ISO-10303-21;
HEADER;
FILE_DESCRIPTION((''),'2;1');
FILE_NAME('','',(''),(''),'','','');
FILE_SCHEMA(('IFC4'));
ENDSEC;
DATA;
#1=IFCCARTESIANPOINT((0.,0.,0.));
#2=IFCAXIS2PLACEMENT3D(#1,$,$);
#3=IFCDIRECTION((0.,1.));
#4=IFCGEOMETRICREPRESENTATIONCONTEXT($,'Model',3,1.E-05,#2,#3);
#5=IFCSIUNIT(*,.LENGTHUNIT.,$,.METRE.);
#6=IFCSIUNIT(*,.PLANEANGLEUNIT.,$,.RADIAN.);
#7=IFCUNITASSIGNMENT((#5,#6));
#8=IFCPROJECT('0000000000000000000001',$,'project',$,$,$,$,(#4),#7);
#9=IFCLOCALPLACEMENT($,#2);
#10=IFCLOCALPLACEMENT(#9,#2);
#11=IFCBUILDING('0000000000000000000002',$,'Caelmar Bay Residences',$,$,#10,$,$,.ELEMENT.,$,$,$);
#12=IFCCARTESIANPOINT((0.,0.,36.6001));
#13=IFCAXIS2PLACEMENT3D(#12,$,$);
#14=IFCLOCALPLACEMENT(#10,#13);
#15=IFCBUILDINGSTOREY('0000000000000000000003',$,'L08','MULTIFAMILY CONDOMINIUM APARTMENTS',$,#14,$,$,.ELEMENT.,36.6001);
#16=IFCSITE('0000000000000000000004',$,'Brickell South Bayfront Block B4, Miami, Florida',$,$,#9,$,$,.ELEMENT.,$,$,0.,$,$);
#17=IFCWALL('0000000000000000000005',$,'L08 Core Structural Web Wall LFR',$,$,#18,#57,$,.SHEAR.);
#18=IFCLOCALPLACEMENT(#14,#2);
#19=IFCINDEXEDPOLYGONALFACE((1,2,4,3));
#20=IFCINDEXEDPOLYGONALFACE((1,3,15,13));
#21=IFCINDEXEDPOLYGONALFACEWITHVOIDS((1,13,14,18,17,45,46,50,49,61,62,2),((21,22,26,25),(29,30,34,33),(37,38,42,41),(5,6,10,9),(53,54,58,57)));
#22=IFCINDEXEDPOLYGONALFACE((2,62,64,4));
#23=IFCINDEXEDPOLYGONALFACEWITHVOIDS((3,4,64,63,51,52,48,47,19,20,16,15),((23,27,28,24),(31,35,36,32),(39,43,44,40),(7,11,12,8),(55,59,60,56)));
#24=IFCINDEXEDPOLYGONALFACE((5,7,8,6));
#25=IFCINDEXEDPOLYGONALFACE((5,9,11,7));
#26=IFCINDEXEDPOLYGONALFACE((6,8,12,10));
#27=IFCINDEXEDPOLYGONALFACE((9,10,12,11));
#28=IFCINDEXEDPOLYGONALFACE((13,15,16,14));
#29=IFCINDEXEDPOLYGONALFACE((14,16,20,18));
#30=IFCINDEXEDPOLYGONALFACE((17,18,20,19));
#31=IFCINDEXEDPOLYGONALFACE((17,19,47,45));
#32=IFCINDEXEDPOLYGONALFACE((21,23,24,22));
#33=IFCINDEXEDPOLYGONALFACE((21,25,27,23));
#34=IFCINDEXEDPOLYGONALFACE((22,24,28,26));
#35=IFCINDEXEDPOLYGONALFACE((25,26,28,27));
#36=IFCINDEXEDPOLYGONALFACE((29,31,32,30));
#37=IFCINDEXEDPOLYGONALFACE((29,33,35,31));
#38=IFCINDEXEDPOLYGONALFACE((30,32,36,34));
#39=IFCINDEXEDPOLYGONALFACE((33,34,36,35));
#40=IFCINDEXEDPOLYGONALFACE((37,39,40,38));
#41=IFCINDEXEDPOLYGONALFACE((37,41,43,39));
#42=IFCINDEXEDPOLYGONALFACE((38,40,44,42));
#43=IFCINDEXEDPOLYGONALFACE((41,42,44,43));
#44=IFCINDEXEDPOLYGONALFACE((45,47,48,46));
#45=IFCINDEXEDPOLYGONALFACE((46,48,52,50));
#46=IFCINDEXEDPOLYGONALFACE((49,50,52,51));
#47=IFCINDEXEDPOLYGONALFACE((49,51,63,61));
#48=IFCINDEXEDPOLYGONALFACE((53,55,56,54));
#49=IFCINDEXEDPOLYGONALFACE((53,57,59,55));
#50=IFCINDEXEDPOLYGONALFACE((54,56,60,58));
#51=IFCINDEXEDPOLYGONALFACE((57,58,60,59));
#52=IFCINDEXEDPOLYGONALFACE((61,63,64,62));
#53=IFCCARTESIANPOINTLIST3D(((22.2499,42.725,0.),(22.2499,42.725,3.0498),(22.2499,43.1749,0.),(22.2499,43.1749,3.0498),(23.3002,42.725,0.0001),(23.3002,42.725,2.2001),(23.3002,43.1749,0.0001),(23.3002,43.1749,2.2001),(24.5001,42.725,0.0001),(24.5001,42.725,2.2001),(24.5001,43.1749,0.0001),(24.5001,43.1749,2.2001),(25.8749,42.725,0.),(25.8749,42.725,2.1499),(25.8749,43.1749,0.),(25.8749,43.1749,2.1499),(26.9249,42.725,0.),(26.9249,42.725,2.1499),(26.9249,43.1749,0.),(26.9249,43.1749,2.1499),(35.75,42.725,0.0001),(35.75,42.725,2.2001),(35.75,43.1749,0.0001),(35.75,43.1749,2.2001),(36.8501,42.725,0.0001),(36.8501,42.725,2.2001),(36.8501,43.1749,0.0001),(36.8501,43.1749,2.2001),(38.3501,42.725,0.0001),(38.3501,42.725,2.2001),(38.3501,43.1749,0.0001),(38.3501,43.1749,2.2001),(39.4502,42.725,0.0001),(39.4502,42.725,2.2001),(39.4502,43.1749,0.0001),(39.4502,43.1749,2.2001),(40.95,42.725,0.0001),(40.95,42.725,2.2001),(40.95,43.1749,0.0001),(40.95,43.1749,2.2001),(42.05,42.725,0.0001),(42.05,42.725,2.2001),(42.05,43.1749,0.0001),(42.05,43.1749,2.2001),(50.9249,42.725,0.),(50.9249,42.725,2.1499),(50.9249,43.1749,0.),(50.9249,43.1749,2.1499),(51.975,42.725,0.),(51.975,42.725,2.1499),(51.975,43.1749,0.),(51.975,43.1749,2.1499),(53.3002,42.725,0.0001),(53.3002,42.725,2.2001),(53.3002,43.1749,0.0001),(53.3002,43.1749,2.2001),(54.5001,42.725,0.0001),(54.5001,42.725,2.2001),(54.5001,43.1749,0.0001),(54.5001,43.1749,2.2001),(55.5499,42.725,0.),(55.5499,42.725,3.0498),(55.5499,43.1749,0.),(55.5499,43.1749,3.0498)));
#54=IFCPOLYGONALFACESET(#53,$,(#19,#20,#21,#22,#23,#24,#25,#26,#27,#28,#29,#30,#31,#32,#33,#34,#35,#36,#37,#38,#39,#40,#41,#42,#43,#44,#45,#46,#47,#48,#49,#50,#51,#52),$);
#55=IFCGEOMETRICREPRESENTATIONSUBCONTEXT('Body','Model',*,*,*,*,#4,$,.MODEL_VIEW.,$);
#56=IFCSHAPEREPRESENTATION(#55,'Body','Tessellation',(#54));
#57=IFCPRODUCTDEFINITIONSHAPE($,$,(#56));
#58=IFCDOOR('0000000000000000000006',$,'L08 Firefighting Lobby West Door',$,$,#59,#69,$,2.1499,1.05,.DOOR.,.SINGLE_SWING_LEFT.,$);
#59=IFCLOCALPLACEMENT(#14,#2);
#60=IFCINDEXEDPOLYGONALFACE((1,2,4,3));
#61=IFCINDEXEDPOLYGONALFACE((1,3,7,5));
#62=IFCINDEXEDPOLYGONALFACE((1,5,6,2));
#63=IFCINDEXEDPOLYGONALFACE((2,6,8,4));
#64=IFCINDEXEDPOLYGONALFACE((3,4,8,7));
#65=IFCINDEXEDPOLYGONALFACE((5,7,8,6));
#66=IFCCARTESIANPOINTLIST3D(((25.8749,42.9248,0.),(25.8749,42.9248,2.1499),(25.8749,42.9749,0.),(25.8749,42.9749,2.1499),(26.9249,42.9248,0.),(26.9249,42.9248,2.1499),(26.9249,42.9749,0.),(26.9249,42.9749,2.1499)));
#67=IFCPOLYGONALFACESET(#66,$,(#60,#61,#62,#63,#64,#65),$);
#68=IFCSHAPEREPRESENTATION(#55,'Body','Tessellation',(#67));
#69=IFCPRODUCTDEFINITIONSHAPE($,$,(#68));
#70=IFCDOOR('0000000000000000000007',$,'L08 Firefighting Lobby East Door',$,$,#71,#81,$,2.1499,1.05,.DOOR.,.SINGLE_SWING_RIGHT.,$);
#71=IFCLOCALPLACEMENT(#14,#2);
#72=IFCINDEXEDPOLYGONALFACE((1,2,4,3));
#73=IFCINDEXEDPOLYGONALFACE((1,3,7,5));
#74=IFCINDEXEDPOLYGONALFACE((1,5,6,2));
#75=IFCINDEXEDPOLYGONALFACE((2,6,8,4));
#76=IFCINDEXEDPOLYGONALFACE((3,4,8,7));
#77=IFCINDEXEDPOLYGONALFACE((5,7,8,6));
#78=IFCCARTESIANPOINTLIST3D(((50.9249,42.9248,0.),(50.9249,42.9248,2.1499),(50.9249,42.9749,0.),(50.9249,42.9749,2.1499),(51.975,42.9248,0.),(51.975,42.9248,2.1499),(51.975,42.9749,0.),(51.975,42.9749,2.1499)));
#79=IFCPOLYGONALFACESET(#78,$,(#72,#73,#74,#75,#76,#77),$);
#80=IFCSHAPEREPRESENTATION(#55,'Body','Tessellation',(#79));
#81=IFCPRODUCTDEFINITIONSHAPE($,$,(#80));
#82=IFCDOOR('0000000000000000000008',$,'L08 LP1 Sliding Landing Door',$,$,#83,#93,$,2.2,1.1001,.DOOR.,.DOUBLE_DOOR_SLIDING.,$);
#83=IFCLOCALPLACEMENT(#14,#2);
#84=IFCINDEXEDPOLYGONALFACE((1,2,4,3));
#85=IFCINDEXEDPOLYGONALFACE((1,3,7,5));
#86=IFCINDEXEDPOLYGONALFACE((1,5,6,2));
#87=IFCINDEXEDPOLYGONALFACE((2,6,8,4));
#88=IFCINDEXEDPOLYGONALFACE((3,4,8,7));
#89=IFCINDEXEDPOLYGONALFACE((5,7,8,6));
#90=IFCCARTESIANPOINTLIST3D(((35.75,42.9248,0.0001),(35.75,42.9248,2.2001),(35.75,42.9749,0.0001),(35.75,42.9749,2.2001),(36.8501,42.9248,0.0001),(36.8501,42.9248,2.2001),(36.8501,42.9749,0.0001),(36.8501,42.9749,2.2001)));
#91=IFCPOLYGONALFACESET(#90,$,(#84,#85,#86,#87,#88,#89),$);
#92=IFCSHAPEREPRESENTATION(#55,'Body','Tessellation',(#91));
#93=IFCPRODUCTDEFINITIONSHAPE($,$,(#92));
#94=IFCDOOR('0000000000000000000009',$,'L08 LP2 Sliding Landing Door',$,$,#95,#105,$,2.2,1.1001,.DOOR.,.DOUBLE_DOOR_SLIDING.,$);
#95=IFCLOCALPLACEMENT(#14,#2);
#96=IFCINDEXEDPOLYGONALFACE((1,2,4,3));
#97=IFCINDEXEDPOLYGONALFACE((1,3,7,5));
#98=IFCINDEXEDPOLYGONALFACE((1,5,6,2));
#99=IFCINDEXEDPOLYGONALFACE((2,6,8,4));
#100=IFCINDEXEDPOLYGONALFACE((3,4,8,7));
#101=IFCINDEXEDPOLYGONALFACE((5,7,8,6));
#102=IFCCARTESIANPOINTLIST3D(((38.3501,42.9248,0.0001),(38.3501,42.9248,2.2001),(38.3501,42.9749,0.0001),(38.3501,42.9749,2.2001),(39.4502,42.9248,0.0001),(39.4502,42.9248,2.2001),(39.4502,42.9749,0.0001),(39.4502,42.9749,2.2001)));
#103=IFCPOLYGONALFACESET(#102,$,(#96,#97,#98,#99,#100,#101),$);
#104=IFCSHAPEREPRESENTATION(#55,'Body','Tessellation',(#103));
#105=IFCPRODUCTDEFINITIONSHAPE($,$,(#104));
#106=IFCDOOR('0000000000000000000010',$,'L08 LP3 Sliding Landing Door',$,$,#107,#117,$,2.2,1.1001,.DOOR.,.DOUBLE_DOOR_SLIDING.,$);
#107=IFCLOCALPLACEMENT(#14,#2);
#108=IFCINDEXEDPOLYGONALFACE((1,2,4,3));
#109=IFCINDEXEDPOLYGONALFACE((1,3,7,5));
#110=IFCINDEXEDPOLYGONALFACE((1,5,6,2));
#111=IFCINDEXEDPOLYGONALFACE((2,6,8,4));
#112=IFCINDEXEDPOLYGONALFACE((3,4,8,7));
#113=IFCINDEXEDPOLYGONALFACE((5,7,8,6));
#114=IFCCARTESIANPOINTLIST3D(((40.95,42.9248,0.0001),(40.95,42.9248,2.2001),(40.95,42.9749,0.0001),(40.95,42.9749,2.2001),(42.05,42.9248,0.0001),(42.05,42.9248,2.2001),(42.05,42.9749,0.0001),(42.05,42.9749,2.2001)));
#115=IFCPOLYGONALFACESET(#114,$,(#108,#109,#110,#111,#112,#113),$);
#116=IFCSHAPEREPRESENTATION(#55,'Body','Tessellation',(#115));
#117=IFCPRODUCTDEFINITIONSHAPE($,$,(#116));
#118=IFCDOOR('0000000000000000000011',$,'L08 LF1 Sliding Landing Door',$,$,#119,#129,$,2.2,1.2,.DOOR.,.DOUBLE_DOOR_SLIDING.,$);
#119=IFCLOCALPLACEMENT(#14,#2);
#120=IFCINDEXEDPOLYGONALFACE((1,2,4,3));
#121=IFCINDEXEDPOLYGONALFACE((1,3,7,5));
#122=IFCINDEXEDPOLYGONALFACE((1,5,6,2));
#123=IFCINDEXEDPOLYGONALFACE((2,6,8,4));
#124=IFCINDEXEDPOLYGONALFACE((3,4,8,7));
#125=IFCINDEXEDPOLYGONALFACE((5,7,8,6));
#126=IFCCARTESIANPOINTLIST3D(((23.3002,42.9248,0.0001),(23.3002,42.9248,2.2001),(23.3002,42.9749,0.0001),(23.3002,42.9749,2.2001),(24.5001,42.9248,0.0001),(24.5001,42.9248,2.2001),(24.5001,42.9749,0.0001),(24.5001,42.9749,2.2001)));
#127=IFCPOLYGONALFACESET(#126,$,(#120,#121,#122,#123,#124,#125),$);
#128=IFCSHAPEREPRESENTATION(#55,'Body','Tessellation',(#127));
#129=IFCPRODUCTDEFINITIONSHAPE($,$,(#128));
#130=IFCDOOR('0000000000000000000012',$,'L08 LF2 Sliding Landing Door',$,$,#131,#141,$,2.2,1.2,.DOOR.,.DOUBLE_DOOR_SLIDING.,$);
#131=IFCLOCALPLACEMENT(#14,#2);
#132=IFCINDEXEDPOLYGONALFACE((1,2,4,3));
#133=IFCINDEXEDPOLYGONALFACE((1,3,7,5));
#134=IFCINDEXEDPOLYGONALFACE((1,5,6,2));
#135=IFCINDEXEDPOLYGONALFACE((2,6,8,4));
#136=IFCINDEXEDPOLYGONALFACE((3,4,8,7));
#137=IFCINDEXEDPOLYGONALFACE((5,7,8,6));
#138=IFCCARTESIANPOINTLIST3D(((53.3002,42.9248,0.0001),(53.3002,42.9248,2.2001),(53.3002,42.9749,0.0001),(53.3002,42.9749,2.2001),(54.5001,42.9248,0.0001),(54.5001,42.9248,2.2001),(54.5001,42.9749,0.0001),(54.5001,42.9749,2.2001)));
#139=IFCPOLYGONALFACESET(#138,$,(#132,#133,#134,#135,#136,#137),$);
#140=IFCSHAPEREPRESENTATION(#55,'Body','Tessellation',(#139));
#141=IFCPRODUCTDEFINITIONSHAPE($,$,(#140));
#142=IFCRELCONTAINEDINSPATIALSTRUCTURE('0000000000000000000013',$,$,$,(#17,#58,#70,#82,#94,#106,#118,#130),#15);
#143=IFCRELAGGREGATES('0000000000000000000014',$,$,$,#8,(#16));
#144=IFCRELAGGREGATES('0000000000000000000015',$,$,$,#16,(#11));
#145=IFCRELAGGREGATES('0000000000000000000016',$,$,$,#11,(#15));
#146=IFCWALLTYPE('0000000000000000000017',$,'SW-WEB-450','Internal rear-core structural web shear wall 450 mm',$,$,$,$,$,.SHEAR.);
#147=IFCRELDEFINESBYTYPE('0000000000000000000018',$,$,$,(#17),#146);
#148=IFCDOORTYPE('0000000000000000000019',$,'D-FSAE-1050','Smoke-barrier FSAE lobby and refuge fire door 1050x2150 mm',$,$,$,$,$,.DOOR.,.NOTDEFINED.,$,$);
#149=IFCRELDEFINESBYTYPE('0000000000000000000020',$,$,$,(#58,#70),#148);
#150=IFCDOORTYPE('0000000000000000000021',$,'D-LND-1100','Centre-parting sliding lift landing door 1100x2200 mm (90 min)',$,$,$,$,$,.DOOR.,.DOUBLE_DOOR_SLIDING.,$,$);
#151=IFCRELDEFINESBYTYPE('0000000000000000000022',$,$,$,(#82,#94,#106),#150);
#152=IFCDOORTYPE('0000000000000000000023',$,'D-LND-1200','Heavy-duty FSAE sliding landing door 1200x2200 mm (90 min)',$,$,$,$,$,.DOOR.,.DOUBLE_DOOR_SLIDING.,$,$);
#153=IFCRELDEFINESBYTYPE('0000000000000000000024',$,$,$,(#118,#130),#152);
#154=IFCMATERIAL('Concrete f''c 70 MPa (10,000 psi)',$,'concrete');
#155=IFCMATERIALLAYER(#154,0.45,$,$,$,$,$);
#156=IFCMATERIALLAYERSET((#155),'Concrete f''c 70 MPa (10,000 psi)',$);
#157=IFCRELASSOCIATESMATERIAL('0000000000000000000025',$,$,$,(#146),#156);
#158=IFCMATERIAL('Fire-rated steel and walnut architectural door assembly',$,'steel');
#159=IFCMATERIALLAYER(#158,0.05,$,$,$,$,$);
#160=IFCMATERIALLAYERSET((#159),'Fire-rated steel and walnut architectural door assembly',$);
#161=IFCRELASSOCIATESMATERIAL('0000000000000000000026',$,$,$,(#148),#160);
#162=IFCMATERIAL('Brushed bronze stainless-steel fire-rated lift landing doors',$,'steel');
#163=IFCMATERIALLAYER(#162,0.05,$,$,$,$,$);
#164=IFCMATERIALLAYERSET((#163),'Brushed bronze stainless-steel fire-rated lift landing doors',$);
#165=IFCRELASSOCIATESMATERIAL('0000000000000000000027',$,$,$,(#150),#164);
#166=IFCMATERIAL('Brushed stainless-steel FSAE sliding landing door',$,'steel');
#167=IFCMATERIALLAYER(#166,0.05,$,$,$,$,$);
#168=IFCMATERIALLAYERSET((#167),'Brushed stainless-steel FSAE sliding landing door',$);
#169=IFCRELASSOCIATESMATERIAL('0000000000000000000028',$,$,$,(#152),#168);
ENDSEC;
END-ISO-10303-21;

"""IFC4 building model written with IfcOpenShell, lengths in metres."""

from ifc_helpers import new_model, si_unit, direction, frame, frame_2d, origin, place, context, subcontext, project, spatial, rectangle, extrude, material, layer, layer_set, type_object, element, fill, save


model = new_model("IFC4")

# Units and contexts
model_context = context("Model", 3, precision=1e-05, world=origin(), true_north=direction((0.0, 1.0)))
body_context = subcontext(model_context, "Body", "Model", "MODEL_VIEW")
ifc_project = project(units=[si_unit("LENGTHUNIT", "METRE"), si_unit("PLANEANGLEUNIT", "RADIAN")], contexts=[model_context])

# Site, building, storey
site_placement = place(None, origin())
site = spatial("IfcSite", under=ifc_project, at=site_placement, Name="Brickell South Bayfront Block B4, Miami, Florida", CompositionType="ELEMENT", RefElevation=0.0)
building_placement = place(site_placement, origin())
building = spatial("IfcBuilding", under=site, at=building_placement, Name="Caelmar Bay Residences", CompositionType="ELEMENT")
storey_placement = place(building_placement, frame((0.0, 0.0, 36.6001)))
storey = spatial("IfcBuildingStorey", under=building, at=storey_placement, Name="L08", Description="MULTIFAMILY CONDOMINIUM APARTMENTS", CompositionType="ELEMENT", Elevation=36.6001)

# Wall, openings, doors
ifc_material_1 = material(Name="Concrete f'c 70 MPa (10,000 psi)", Category="concrete")
ifc_layer_1 = layer(ifc_material_1, 0.45)
ifc_layer_set_1 = layer_set([ifc_layer_1], Name="Concrete f'c 70 MPa (10,000 psi)")
wall_type_1 = type_object("IfcWallType", Name="SW-WEB-450", Description="Internal rear-core structural web shear wall 450 mm", PredefinedType="SHEAR", material=ifc_layer_set_1)
wall_1_placement = place(storey_placement, frame((22.25, 42.95, 0.0), z_axis=(0.0, 0.0, 1.0), x_axis=(1.0, 0.0, 0.0)))
wall_1 = element("IfcWall", 1, at=wall_1_placement, inside=storey, type_object=wall_type_1, Name="L08 Core Structural Web Wall LFR", PredefinedType="SHEAR", context=body_context, shape_type="SweptSolid", body=[
    extrude(rectangle(XDim=33.3, YDim=0.45, at=frame_2d((16.6499, 0.0))), origin(), (0.0, 0.0, 1.0), 3.0498),
])
opening_1_placement = place(wall_1_placement, frame((1.05, 0.0, 0.0)))
opening_1 = element("IfcOpeningElement", 2, at=opening_1_placement, cuts=wall_1, PredefinedType="OPENING", context=body_context, shape_type="SweptSolid", body=[
    extrude(rectangle(XDim=1.2, YDim=2.2, at=frame_2d((0.6001, 1.1001))), frame((0.0, 0.2349, 0.0), z_axis=(0.0, -1.0, 0.0), x_axis=(1.0, 0.0, 0.0)), (0.0, 0.0, 1.0), 0.47),
])
opening_2_placement = place(wall_1_placement, frame((31.05, 0.0, 0.0)))
opening_2 = element("IfcOpeningElement", 3, at=opening_2_placement, cuts=wall_1, PredefinedType="OPENING", context=body_context, shape_type="SweptSolid", body=[
    extrude(rectangle(XDim=1.2, YDim=2.2, at=frame_2d((0.6001, 1.1001))), frame((0.0, 0.2349, 0.0), z_axis=(0.0, -1.0, 0.0), x_axis=(1.0, 0.0, 0.0)), (0.0, 0.0, 1.0), 0.47),
])
opening_3_placement = place(wall_1_placement, frame((13.5, 0.0, 0.0)))
opening_3 = element("IfcOpeningElement", 4, at=opening_3_placement, cuts=wall_1, PredefinedType="OPENING", context=body_context, shape_type="SweptSolid", body=[
    extrude(rectangle(XDim=1.1001, YDim=2.2, at=frame_2d((0.55, 1.1001))), frame((0.0, 0.2349, 0.0), z_axis=(0.0, -1.0, 0.0), x_axis=(1.0, 0.0, 0.0)), (0.0, 0.0, 1.0), 0.47),
])
opening_4_placement = place(wall_1_placement, frame((16.1001, 0.0, 0.0)))
opening_4 = element("IfcOpeningElement", 5, at=opening_4_placement, cuts=wall_1, PredefinedType="OPENING", context=body_context, shape_type="SweptSolid", body=[
    extrude(rectangle(XDim=1.1001, YDim=2.2, at=frame_2d((0.55, 1.1001))), frame((0.0, 0.2349, 0.0), z_axis=(0.0, -1.0, 0.0), x_axis=(1.0, 0.0, 0.0)), (0.0, 0.0, 1.0), 0.47),
])
opening_5_placement = place(wall_1_placement, frame((18.7, 0.0, 0.0)))
opening_5 = element("IfcOpeningElement", 6, at=opening_5_placement, cuts=wall_1, PredefinedType="OPENING", context=body_context, shape_type="SweptSolid", body=[
    extrude(rectangle(XDim=1.1001, YDim=2.2, at=frame_2d((0.55, 1.1001))), frame((0.0, 0.2349, 0.0), z_axis=(0.0, -1.0, 0.0), x_axis=(1.0, 0.0, 0.0)), (0.0, 0.0, 1.0), 0.47),
])
opening_6_placement = place(wall_1_placement, frame((3.625, 0.0, 0.0)))
opening_6 = element("IfcOpeningElement", 7, at=opening_6_placement, cuts=wall_1, PredefinedType="OPENING", context=body_context, shape_type="SweptSolid", body=[
    extrude(rectangle(XDim=1.05, YDim=2.1499, at=frame_2d((0.5249, 1.075))), frame((0.0, 0.2349, 0.0), z_axis=(0.0, -1.0, 0.0), x_axis=(1.0, 0.0, 0.0)), (0.0, 0.0, 1.0), 0.47),
])
opening_7_placement = place(wall_1_placement, frame((28.675, 0.0, 0.0)))
opening_7 = element("IfcOpeningElement", 8, at=opening_7_placement, cuts=wall_1, PredefinedType="OPENING", context=body_context, shape_type="SweptSolid", body=[
    extrude(rectangle(XDim=1.05, YDim=2.1499, at=frame_2d((0.5249, 1.075))), frame((0.0, 0.2349, 0.0), z_axis=(0.0, -1.0, 0.0), x_axis=(1.0, 0.0, 0.0)), (0.0, 0.0, 1.0), 0.47),
])
ifc_material_2 = material(Name="Fire-rated steel and walnut architectural door assembly", Category="steel")
ifc_layer_2 = layer(ifc_material_2, 0.05)
ifc_layer_set_2 = layer_set([ifc_layer_2], Name="Fire-rated steel and walnut architectural door assembly")
door_type_1 = type_object("IfcDoorType", Name="D-FSAE-1050", Description="Smoke-barrier FSAE lobby and refuge fire door 1050x2150 mm", OperationType="NOTDEFINED", PredefinedType="DOOR", material=ifc_layer_set_2)
door_1_placement = place(opening_6_placement, origin())
door_1 = element("IfcDoor", 9, at=door_1_placement, inside=storey, type_object=door_type_1, Name="L08 Firefighting Lobby West Door", OperationType="SINGLE_SWING_LEFT", OverallHeight=2.1499, OverallWidth=1.05, PredefinedType="DOOR", context=body_context, shape_type="SweptSolid", body=[
    extrude(rectangle(XDim=1.05, YDim=2.1499, at=frame_2d((0.5249, 1.075))), frame((0.0, 0.0249, 0.0), z_axis=(0.0, -1.0, 0.0), x_axis=(1.0, 0.0, 0.0)), (0.0, 0.0, 1.0), 0.05),
])
fill(opening_6, door_1)
door_2_placement = place(opening_7_placement, origin())
door_2 = element("IfcDoor", 10, at=door_2_placement, inside=storey, type_object=door_type_1, Name="L08 Firefighting Lobby East Door", OperationType="SINGLE_SWING_RIGHT", OverallHeight=2.1499, OverallWidth=1.05, PredefinedType="DOOR", context=body_context, shape_type="SweptSolid", body=[
    extrude(rectangle(XDim=1.05, YDim=2.1499, at=frame_2d((0.5249, 1.075))), frame((0.0, 0.0249, 0.0), z_axis=(0.0, -1.0, 0.0), x_axis=(1.0, 0.0, 0.0)), (0.0, 0.0, 1.0), 0.05),
])
fill(opening_7, door_2)
ifc_material_3 = material(Name="Brushed bronze stainless-steel fire-rated lift landing doors", Category="steel")
ifc_layer_3 = layer(ifc_material_3, 0.05)
ifc_layer_set_3 = layer_set([ifc_layer_3], Name="Brushed bronze stainless-steel fire-rated lift landing doors")
door_type_2 = type_object("IfcDoorType", Name="D-LND-1100", Description="Centre-parting sliding lift landing door 1100x2200 mm (90 min)", OperationType="DOUBLE_DOOR_SLIDING", PredefinedType="DOOR", material=ifc_layer_set_3)
door_3_placement = place(opening_3_placement, origin())
door_3 = element("IfcDoor", 11, at=door_3_placement, inside=storey, type_object=door_type_2, Name="L08 LP1 Sliding Landing Door", OperationType="DOUBLE_DOOR_SLIDING", OverallHeight=2.2, OverallWidth=1.1001, PredefinedType="DOOR", context=body_context, shape_type="SweptSolid", body=[
    extrude(rectangle(XDim=1.1001, YDim=2.2, at=frame_2d((0.55, 1.1001))), frame((0.0, 0.0249, 0.0), z_axis=(0.0, -1.0, 0.0), x_axis=(1.0, 0.0, 0.0)), (0.0, 0.0, 1.0), 0.05),
])
fill(opening_3, door_3)
door_4_placement = place(opening_4_placement, origin())
door_4 = element("IfcDoor", 12, at=door_4_placement, inside=storey, type_object=door_type_2, Name="L08 LP2 Sliding Landing Door", OperationType="DOUBLE_DOOR_SLIDING", OverallHeight=2.2, OverallWidth=1.1001, PredefinedType="DOOR", context=body_context, shape_type="SweptSolid", body=[
    extrude(rectangle(XDim=1.1001, YDim=2.2, at=frame_2d((0.55, 1.1001))), frame((0.0, 0.0249, 0.0), z_axis=(0.0, -1.0, 0.0), x_axis=(1.0, 0.0, 0.0)), (0.0, 0.0, 1.0), 0.05),
])
fill(opening_4, door_4)
door_5_placement = place(opening_5_placement, origin())
door_5 = element("IfcDoor", 13, at=door_5_placement, inside=storey, type_object=door_type_2, Name="L08 LP3 Sliding Landing Door", OperationType="DOUBLE_DOOR_SLIDING", OverallHeight=2.2, OverallWidth=1.1001, PredefinedType="DOOR", context=body_context, shape_type="SweptSolid", body=[
    extrude(rectangle(XDim=1.1001, YDim=2.2, at=frame_2d((0.55, 1.1001))), frame((0.0, 0.0249, 0.0), z_axis=(0.0, -1.0, 0.0), x_axis=(1.0, 0.0, 0.0)), (0.0, 0.0, 1.0), 0.05),
])
fill(opening_5, door_5)
ifc_material_4 = material(Name="Brushed stainless-steel FSAE sliding landing door", Category="steel")
ifc_layer_4 = layer(ifc_material_4, 0.05)
ifc_layer_set_4 = layer_set([ifc_layer_4], Name="Brushed stainless-steel FSAE sliding landing door")
door_type_3 = type_object("IfcDoorType", Name="D-LND-1200", Description="Heavy-duty FSAE sliding landing door 1200x2200 mm (90 min)", OperationType="DOUBLE_DOOR_SLIDING", PredefinedType="DOOR", material=ifc_layer_set_4)
door_6_placement = place(opening_1_placement, origin())
door_6 = element("IfcDoor", 14, at=door_6_placement, inside=storey, type_object=door_type_3, Name="L08 LF1 Sliding Landing Door", OperationType="DOUBLE_DOOR_SLIDING", OverallHeight=2.2, OverallWidth=1.2, PredefinedType="DOOR", context=body_context, shape_type="SweptSolid", body=[
    extrude(rectangle(XDim=1.2, YDim=2.2, at=frame_2d((0.6001, 1.1001))), frame((0.0, 0.0249, 0.0), z_axis=(0.0, -1.0, 0.0), x_axis=(1.0, 0.0, 0.0)), (0.0, 0.0, 1.0), 0.05),
])
fill(opening_1, door_6)
door_7_placement = place(opening_2_placement, origin())
door_7 = element("IfcDoor", 15, at=door_7_placement, inside=storey, type_object=door_type_3, Name="L08 LF2 Sliding Landing Door", OperationType="DOUBLE_DOOR_SLIDING", OverallHeight=2.2, OverallWidth=1.2, PredefinedType="DOOR", context=body_context, shape_type="SweptSolid", body=[
    extrude(rectangle(XDim=1.2, YDim=2.2, at=frame_2d((0.6001, 1.1001))), frame((0.0, 0.0249, 0.0), z_axis=(0.0, -1.0, 0.0), x_axis=(1.0, 0.0, 0.0)), (0.0, 0.0, 1.0), 0.05),
])
fill(opening_2, door_7)

save(model, "model.ifc")
